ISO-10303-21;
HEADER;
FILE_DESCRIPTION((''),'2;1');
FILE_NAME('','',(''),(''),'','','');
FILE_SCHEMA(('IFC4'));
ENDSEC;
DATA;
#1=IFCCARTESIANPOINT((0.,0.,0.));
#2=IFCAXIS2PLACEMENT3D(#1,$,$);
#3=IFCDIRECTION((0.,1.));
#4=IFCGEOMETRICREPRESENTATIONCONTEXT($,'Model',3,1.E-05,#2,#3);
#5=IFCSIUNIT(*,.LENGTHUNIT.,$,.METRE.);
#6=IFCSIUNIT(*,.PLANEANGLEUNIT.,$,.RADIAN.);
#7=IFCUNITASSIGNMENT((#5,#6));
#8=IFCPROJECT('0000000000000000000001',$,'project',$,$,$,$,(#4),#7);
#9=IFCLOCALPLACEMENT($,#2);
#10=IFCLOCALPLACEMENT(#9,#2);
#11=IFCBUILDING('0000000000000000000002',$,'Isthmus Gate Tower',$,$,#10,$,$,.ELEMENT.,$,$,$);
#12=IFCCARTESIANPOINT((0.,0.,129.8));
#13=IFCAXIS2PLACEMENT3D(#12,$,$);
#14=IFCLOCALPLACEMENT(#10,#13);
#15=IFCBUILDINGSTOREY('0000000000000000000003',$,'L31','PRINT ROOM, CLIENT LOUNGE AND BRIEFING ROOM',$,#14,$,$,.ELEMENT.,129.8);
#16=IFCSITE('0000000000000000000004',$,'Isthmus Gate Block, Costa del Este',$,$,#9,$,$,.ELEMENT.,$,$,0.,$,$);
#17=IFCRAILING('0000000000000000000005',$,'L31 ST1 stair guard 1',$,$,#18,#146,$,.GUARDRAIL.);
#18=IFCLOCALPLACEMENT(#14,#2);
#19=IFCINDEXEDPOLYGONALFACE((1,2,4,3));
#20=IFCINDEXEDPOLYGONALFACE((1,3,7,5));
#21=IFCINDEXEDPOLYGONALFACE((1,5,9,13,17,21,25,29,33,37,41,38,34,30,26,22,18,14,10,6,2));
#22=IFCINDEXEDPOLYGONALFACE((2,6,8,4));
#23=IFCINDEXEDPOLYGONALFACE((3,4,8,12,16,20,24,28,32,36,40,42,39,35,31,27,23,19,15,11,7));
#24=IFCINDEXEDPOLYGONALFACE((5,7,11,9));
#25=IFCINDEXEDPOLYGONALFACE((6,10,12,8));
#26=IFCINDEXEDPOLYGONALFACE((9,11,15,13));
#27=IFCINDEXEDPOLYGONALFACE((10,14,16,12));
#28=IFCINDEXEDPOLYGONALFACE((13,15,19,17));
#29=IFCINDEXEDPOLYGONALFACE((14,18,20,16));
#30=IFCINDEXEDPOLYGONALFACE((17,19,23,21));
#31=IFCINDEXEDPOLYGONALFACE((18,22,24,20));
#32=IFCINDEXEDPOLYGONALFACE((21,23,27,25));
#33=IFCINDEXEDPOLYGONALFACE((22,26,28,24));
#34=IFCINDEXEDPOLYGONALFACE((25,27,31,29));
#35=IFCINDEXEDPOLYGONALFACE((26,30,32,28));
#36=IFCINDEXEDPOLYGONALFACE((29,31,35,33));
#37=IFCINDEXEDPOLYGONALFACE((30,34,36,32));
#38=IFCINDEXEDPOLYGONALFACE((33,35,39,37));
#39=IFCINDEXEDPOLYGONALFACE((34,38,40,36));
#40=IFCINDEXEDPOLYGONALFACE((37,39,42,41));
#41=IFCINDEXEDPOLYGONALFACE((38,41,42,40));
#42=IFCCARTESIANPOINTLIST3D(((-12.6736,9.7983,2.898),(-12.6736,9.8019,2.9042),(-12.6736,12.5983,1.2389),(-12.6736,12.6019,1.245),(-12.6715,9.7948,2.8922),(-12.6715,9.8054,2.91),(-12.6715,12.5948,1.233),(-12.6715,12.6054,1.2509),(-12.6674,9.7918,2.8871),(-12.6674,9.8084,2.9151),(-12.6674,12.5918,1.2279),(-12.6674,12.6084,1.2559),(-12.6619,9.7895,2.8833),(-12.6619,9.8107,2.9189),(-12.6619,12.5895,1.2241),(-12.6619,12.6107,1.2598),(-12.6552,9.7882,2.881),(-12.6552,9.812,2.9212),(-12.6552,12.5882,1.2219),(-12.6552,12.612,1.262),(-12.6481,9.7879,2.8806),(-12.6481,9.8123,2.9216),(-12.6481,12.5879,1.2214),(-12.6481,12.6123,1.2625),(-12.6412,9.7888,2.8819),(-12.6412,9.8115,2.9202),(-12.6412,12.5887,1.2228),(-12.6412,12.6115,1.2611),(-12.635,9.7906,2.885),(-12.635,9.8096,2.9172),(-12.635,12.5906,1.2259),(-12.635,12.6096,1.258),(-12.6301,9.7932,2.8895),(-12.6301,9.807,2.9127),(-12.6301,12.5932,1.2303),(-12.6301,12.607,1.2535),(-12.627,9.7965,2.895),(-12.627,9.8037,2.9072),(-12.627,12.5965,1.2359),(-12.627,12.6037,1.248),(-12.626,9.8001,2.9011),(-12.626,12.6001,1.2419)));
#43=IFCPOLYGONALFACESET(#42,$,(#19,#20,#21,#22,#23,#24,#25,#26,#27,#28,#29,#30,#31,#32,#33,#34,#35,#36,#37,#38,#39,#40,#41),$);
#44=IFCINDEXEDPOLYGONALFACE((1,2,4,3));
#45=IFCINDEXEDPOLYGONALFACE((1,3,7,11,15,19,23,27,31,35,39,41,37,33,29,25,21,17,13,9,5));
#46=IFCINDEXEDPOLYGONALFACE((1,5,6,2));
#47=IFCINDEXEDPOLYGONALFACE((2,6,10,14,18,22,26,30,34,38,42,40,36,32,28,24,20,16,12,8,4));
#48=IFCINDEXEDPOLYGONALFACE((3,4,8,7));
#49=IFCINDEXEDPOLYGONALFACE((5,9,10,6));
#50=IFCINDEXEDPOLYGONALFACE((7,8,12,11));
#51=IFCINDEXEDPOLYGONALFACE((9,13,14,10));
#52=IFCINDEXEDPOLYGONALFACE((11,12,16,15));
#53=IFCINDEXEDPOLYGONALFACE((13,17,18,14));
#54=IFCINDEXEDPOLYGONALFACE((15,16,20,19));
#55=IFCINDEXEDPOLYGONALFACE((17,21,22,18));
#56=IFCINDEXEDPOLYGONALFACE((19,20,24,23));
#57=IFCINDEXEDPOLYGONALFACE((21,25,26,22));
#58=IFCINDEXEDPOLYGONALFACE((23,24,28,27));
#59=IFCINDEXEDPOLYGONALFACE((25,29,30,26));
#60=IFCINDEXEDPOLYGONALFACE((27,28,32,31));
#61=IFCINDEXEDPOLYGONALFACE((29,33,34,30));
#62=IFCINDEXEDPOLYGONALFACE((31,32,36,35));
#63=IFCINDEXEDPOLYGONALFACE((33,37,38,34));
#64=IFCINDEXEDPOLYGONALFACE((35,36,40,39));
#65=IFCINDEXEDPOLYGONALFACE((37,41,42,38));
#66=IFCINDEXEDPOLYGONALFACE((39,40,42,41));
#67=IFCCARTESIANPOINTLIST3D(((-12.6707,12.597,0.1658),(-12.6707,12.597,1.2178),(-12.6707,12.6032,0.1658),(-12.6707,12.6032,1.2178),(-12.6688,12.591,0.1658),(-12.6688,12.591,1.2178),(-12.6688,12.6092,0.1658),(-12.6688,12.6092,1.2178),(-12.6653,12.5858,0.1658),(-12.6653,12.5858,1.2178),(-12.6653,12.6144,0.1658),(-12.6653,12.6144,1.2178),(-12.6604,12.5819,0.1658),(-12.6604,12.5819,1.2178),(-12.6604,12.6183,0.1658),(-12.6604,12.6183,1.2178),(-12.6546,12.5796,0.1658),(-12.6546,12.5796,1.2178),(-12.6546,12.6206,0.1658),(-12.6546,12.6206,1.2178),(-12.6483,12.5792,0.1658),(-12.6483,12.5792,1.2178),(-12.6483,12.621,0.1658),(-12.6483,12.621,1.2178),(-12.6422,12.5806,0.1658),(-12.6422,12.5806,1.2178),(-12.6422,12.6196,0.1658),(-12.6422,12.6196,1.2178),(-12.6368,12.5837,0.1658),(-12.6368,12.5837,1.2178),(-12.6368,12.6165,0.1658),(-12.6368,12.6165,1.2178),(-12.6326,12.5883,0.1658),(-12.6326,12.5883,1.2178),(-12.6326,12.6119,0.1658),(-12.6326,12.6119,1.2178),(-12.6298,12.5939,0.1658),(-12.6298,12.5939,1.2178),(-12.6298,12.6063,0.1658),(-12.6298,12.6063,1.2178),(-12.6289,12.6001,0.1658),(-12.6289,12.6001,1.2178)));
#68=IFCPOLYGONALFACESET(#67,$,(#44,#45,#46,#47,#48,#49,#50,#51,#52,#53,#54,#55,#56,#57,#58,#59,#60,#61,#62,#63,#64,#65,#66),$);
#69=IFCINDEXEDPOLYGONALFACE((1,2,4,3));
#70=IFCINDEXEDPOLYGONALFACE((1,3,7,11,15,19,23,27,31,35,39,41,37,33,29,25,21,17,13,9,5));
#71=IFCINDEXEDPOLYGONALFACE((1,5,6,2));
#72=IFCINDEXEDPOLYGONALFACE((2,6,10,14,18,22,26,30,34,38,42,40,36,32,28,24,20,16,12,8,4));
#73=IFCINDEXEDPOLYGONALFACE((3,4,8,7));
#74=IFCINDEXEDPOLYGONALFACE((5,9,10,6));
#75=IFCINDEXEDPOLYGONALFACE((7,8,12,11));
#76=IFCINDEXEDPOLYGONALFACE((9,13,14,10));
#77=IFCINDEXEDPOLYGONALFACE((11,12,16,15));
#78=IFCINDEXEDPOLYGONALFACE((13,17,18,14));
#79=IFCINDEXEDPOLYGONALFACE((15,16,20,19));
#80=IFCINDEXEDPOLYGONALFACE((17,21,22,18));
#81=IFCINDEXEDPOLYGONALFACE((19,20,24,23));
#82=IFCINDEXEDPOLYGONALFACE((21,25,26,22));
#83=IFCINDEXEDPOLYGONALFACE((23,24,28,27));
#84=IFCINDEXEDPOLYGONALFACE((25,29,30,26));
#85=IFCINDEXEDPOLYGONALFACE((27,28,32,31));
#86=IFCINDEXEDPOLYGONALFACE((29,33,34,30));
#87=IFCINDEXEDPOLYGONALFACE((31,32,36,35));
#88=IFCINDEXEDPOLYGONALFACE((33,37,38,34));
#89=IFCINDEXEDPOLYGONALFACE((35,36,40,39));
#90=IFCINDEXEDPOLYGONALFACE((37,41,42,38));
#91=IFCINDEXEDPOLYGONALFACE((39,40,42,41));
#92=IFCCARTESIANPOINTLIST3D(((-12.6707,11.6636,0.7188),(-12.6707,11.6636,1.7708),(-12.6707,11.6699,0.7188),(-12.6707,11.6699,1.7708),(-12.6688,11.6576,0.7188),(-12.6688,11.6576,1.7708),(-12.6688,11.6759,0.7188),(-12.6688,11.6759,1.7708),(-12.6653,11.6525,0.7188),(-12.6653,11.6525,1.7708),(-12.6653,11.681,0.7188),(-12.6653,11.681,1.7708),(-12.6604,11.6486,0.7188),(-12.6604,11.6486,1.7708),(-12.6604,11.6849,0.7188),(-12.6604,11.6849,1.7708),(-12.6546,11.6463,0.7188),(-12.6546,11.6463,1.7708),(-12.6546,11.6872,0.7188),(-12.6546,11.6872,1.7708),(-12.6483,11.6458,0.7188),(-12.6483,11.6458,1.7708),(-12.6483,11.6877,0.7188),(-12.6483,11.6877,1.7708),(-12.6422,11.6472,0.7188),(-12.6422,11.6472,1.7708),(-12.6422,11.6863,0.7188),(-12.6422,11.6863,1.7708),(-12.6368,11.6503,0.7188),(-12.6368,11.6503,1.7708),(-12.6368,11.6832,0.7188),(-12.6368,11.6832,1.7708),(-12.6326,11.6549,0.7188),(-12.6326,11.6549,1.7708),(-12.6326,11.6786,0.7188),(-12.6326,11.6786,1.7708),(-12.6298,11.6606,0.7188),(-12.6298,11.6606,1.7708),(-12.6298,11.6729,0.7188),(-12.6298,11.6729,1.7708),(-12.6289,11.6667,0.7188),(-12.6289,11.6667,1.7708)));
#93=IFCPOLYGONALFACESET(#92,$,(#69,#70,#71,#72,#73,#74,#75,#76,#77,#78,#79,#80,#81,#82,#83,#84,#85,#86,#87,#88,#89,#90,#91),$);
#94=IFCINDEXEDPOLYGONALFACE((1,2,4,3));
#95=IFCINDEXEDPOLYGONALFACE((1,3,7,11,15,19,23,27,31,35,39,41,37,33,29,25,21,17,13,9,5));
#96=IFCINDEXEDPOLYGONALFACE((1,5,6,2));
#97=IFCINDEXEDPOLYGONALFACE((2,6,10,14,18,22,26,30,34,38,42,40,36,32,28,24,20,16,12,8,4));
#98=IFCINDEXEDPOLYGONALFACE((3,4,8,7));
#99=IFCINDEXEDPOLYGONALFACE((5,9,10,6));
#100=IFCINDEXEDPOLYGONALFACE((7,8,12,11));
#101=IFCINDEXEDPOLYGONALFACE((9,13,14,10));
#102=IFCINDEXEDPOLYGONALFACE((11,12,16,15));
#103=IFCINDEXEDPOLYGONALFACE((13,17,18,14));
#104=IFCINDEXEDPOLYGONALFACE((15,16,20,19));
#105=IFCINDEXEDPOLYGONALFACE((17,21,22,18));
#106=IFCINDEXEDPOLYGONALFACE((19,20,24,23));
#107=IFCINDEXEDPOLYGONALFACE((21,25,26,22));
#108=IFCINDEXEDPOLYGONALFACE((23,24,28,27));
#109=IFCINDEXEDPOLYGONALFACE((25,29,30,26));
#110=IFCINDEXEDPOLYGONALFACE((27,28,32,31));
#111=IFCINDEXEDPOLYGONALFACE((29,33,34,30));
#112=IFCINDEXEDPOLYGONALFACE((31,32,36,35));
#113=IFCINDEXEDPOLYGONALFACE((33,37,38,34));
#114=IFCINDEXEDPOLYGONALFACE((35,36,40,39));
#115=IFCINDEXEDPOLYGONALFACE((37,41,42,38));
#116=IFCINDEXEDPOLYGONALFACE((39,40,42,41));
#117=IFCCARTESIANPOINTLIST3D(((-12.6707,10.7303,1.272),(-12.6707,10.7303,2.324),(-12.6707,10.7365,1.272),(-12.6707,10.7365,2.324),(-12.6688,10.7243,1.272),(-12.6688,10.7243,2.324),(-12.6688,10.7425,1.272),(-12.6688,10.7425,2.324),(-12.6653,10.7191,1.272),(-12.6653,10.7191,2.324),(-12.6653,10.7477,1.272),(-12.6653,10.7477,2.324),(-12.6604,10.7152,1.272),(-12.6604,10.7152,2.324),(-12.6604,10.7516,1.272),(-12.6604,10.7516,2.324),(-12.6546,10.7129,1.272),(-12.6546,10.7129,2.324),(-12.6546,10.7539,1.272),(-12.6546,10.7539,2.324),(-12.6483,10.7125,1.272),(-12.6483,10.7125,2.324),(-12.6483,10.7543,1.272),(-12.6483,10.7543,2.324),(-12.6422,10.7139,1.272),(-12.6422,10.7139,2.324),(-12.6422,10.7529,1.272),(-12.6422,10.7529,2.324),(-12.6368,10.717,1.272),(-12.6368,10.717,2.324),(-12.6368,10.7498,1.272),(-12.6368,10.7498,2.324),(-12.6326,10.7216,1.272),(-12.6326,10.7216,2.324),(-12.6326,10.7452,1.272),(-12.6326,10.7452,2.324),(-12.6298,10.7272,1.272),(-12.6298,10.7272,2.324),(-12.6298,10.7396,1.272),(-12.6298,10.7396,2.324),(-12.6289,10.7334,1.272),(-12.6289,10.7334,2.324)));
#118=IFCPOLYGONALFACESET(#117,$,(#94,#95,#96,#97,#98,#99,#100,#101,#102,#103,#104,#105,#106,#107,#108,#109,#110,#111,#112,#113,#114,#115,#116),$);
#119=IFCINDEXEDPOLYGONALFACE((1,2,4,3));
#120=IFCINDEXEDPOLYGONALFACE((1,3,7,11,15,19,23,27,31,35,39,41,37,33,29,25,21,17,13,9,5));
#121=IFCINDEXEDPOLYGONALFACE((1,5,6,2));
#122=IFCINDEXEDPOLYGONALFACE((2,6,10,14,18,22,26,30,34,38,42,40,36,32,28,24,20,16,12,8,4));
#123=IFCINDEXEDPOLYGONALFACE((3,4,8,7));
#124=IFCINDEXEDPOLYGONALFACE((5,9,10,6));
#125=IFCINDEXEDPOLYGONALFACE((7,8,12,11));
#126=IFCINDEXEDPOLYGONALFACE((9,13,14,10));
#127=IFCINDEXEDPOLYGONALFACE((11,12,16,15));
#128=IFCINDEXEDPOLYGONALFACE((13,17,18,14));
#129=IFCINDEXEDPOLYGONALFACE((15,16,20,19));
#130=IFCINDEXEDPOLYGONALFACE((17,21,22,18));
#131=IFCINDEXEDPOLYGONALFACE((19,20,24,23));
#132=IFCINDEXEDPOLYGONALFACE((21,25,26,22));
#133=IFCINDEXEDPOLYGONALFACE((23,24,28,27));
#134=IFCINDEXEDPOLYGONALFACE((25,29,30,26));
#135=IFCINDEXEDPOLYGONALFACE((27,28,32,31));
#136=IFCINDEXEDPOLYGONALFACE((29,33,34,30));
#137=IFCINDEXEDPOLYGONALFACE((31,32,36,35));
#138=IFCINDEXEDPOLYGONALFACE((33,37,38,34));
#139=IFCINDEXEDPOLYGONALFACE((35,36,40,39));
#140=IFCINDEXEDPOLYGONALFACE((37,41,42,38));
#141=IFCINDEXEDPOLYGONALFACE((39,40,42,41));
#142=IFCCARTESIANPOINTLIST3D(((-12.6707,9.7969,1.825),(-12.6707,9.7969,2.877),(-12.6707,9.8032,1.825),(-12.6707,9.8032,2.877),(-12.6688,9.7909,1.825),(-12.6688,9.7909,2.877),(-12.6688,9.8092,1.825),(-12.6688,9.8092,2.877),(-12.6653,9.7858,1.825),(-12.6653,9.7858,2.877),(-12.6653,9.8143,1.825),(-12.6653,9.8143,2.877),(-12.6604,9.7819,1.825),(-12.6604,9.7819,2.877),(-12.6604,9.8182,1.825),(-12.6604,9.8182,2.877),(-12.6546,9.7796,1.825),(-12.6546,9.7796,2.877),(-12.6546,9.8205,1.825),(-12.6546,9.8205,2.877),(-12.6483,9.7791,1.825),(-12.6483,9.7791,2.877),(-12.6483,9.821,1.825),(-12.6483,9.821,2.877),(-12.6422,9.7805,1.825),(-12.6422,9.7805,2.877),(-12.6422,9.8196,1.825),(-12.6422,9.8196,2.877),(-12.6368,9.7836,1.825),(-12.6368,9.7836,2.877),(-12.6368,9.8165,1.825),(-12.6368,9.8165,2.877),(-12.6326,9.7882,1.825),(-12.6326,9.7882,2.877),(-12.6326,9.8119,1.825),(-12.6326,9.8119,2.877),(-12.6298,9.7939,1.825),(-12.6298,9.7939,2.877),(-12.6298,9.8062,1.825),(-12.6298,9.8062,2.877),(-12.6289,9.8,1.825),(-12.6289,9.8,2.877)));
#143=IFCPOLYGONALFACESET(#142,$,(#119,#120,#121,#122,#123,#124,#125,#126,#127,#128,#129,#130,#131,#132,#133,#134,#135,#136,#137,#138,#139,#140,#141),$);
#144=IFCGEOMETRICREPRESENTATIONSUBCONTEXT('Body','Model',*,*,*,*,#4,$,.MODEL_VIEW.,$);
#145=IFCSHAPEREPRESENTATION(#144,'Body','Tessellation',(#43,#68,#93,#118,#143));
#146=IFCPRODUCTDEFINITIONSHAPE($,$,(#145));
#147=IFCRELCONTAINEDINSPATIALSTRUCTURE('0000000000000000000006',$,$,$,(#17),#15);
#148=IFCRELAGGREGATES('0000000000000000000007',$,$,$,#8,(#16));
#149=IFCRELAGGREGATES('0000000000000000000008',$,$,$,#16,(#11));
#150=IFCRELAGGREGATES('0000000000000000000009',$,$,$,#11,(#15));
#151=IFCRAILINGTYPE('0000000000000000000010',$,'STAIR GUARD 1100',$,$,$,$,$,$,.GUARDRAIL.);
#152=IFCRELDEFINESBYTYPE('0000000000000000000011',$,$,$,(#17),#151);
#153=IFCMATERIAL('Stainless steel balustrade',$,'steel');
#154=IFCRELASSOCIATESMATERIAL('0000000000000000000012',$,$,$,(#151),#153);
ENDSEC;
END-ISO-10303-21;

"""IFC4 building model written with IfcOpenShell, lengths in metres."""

from ifc_helpers import new_model, si_unit, direction, frame, origin, origin_2d, place, context, subcontext, project, spatial, circle, extrude, material, type_object, element, save


model = new_model("IFC4")

# Units and contexts
model_context = context("Model", 3, precision=1e-05, world=origin(), true_north=direction((0.0, 1.0)))
body_context = subcontext(model_context, "Body", "Model", "MODEL_VIEW")
ifc_project = project(units=[si_unit("LENGTHUNIT", "METRE"), si_unit("PLANEANGLEUNIT", "RADIAN")], contexts=[model_context])

# Site, building, storey
site_placement = place(None, origin())
site = spatial("IfcSite", under=ifc_project, at=site_placement, Name="Isthmus Gate Block, Costa del Este", CompositionType="ELEMENT", RefElevation=0.0)
building_placement = place(site_placement, origin())
building = spatial("IfcBuilding", under=site, at=building_placement, Name="Isthmus Gate Tower", CompositionType="ELEMENT")
storey_placement = place(building_placement, frame((0.0, 0.0, 129.8)))
storey = spatial("IfcBuildingStorey", under=building, at=storey_placement, Name="L31", Description="PRINT ROOM, CLIENT LOUNGE AND BRIEFING ROOM", CompositionType="ELEMENT", Elevation=129.8)

# Railing
ifc_material_1 = material(Name="Stainless steel balustrade", Category="steel")
railing_type_1 = type_object("IfcRailingType", Name="STAIR GUARD 1100", PredefinedType="GUARDRAIL", material=ifc_material_1)
railing_1_placement = place(storey_placement, frame((-12.6499, 12.6001, 0.1658)))
element("IfcRailing", 1, at=railing_1_placement, inside=storey, type_object=railing_type_1, Name="L31 ST1 stair guard 1", PredefinedType="GUARDRAIL", context=body_context, shape_type="SweptSolid", body=[
    extrude(circle(Radius=0.0239, at=origin_2d()), frame((0.0, 0.0, 1.0762), z_axis=(0.0, -0.860306, 0.509778), x_axis=(1.0, 0.0, 0.0)), (0.0, 0.0, 1.0), 3.2546),
    extrude(circle(Radius=0.021, at=origin_2d()), origin(), (0.0, 0.0, 1.0), 1.052),
    extrude(circle(Radius=0.021, at=origin_2d()), frame((0.0, -0.9333, 0.553)), (0.0, 0.0, 1.0), 1.052),
    extrude(circle(Radius=0.021, at=origin_2d()), frame((0.0, -1.8667, 1.1062)), (0.0, 0.0, 1.0), 1.052),
    extrude(circle(Radius=0.021, at=origin_2d()), frame((0.0, -2.8, 1.6592)), (0.0, 0.0, 1.0), 1.052),
])

save(model, "model.ifc")
